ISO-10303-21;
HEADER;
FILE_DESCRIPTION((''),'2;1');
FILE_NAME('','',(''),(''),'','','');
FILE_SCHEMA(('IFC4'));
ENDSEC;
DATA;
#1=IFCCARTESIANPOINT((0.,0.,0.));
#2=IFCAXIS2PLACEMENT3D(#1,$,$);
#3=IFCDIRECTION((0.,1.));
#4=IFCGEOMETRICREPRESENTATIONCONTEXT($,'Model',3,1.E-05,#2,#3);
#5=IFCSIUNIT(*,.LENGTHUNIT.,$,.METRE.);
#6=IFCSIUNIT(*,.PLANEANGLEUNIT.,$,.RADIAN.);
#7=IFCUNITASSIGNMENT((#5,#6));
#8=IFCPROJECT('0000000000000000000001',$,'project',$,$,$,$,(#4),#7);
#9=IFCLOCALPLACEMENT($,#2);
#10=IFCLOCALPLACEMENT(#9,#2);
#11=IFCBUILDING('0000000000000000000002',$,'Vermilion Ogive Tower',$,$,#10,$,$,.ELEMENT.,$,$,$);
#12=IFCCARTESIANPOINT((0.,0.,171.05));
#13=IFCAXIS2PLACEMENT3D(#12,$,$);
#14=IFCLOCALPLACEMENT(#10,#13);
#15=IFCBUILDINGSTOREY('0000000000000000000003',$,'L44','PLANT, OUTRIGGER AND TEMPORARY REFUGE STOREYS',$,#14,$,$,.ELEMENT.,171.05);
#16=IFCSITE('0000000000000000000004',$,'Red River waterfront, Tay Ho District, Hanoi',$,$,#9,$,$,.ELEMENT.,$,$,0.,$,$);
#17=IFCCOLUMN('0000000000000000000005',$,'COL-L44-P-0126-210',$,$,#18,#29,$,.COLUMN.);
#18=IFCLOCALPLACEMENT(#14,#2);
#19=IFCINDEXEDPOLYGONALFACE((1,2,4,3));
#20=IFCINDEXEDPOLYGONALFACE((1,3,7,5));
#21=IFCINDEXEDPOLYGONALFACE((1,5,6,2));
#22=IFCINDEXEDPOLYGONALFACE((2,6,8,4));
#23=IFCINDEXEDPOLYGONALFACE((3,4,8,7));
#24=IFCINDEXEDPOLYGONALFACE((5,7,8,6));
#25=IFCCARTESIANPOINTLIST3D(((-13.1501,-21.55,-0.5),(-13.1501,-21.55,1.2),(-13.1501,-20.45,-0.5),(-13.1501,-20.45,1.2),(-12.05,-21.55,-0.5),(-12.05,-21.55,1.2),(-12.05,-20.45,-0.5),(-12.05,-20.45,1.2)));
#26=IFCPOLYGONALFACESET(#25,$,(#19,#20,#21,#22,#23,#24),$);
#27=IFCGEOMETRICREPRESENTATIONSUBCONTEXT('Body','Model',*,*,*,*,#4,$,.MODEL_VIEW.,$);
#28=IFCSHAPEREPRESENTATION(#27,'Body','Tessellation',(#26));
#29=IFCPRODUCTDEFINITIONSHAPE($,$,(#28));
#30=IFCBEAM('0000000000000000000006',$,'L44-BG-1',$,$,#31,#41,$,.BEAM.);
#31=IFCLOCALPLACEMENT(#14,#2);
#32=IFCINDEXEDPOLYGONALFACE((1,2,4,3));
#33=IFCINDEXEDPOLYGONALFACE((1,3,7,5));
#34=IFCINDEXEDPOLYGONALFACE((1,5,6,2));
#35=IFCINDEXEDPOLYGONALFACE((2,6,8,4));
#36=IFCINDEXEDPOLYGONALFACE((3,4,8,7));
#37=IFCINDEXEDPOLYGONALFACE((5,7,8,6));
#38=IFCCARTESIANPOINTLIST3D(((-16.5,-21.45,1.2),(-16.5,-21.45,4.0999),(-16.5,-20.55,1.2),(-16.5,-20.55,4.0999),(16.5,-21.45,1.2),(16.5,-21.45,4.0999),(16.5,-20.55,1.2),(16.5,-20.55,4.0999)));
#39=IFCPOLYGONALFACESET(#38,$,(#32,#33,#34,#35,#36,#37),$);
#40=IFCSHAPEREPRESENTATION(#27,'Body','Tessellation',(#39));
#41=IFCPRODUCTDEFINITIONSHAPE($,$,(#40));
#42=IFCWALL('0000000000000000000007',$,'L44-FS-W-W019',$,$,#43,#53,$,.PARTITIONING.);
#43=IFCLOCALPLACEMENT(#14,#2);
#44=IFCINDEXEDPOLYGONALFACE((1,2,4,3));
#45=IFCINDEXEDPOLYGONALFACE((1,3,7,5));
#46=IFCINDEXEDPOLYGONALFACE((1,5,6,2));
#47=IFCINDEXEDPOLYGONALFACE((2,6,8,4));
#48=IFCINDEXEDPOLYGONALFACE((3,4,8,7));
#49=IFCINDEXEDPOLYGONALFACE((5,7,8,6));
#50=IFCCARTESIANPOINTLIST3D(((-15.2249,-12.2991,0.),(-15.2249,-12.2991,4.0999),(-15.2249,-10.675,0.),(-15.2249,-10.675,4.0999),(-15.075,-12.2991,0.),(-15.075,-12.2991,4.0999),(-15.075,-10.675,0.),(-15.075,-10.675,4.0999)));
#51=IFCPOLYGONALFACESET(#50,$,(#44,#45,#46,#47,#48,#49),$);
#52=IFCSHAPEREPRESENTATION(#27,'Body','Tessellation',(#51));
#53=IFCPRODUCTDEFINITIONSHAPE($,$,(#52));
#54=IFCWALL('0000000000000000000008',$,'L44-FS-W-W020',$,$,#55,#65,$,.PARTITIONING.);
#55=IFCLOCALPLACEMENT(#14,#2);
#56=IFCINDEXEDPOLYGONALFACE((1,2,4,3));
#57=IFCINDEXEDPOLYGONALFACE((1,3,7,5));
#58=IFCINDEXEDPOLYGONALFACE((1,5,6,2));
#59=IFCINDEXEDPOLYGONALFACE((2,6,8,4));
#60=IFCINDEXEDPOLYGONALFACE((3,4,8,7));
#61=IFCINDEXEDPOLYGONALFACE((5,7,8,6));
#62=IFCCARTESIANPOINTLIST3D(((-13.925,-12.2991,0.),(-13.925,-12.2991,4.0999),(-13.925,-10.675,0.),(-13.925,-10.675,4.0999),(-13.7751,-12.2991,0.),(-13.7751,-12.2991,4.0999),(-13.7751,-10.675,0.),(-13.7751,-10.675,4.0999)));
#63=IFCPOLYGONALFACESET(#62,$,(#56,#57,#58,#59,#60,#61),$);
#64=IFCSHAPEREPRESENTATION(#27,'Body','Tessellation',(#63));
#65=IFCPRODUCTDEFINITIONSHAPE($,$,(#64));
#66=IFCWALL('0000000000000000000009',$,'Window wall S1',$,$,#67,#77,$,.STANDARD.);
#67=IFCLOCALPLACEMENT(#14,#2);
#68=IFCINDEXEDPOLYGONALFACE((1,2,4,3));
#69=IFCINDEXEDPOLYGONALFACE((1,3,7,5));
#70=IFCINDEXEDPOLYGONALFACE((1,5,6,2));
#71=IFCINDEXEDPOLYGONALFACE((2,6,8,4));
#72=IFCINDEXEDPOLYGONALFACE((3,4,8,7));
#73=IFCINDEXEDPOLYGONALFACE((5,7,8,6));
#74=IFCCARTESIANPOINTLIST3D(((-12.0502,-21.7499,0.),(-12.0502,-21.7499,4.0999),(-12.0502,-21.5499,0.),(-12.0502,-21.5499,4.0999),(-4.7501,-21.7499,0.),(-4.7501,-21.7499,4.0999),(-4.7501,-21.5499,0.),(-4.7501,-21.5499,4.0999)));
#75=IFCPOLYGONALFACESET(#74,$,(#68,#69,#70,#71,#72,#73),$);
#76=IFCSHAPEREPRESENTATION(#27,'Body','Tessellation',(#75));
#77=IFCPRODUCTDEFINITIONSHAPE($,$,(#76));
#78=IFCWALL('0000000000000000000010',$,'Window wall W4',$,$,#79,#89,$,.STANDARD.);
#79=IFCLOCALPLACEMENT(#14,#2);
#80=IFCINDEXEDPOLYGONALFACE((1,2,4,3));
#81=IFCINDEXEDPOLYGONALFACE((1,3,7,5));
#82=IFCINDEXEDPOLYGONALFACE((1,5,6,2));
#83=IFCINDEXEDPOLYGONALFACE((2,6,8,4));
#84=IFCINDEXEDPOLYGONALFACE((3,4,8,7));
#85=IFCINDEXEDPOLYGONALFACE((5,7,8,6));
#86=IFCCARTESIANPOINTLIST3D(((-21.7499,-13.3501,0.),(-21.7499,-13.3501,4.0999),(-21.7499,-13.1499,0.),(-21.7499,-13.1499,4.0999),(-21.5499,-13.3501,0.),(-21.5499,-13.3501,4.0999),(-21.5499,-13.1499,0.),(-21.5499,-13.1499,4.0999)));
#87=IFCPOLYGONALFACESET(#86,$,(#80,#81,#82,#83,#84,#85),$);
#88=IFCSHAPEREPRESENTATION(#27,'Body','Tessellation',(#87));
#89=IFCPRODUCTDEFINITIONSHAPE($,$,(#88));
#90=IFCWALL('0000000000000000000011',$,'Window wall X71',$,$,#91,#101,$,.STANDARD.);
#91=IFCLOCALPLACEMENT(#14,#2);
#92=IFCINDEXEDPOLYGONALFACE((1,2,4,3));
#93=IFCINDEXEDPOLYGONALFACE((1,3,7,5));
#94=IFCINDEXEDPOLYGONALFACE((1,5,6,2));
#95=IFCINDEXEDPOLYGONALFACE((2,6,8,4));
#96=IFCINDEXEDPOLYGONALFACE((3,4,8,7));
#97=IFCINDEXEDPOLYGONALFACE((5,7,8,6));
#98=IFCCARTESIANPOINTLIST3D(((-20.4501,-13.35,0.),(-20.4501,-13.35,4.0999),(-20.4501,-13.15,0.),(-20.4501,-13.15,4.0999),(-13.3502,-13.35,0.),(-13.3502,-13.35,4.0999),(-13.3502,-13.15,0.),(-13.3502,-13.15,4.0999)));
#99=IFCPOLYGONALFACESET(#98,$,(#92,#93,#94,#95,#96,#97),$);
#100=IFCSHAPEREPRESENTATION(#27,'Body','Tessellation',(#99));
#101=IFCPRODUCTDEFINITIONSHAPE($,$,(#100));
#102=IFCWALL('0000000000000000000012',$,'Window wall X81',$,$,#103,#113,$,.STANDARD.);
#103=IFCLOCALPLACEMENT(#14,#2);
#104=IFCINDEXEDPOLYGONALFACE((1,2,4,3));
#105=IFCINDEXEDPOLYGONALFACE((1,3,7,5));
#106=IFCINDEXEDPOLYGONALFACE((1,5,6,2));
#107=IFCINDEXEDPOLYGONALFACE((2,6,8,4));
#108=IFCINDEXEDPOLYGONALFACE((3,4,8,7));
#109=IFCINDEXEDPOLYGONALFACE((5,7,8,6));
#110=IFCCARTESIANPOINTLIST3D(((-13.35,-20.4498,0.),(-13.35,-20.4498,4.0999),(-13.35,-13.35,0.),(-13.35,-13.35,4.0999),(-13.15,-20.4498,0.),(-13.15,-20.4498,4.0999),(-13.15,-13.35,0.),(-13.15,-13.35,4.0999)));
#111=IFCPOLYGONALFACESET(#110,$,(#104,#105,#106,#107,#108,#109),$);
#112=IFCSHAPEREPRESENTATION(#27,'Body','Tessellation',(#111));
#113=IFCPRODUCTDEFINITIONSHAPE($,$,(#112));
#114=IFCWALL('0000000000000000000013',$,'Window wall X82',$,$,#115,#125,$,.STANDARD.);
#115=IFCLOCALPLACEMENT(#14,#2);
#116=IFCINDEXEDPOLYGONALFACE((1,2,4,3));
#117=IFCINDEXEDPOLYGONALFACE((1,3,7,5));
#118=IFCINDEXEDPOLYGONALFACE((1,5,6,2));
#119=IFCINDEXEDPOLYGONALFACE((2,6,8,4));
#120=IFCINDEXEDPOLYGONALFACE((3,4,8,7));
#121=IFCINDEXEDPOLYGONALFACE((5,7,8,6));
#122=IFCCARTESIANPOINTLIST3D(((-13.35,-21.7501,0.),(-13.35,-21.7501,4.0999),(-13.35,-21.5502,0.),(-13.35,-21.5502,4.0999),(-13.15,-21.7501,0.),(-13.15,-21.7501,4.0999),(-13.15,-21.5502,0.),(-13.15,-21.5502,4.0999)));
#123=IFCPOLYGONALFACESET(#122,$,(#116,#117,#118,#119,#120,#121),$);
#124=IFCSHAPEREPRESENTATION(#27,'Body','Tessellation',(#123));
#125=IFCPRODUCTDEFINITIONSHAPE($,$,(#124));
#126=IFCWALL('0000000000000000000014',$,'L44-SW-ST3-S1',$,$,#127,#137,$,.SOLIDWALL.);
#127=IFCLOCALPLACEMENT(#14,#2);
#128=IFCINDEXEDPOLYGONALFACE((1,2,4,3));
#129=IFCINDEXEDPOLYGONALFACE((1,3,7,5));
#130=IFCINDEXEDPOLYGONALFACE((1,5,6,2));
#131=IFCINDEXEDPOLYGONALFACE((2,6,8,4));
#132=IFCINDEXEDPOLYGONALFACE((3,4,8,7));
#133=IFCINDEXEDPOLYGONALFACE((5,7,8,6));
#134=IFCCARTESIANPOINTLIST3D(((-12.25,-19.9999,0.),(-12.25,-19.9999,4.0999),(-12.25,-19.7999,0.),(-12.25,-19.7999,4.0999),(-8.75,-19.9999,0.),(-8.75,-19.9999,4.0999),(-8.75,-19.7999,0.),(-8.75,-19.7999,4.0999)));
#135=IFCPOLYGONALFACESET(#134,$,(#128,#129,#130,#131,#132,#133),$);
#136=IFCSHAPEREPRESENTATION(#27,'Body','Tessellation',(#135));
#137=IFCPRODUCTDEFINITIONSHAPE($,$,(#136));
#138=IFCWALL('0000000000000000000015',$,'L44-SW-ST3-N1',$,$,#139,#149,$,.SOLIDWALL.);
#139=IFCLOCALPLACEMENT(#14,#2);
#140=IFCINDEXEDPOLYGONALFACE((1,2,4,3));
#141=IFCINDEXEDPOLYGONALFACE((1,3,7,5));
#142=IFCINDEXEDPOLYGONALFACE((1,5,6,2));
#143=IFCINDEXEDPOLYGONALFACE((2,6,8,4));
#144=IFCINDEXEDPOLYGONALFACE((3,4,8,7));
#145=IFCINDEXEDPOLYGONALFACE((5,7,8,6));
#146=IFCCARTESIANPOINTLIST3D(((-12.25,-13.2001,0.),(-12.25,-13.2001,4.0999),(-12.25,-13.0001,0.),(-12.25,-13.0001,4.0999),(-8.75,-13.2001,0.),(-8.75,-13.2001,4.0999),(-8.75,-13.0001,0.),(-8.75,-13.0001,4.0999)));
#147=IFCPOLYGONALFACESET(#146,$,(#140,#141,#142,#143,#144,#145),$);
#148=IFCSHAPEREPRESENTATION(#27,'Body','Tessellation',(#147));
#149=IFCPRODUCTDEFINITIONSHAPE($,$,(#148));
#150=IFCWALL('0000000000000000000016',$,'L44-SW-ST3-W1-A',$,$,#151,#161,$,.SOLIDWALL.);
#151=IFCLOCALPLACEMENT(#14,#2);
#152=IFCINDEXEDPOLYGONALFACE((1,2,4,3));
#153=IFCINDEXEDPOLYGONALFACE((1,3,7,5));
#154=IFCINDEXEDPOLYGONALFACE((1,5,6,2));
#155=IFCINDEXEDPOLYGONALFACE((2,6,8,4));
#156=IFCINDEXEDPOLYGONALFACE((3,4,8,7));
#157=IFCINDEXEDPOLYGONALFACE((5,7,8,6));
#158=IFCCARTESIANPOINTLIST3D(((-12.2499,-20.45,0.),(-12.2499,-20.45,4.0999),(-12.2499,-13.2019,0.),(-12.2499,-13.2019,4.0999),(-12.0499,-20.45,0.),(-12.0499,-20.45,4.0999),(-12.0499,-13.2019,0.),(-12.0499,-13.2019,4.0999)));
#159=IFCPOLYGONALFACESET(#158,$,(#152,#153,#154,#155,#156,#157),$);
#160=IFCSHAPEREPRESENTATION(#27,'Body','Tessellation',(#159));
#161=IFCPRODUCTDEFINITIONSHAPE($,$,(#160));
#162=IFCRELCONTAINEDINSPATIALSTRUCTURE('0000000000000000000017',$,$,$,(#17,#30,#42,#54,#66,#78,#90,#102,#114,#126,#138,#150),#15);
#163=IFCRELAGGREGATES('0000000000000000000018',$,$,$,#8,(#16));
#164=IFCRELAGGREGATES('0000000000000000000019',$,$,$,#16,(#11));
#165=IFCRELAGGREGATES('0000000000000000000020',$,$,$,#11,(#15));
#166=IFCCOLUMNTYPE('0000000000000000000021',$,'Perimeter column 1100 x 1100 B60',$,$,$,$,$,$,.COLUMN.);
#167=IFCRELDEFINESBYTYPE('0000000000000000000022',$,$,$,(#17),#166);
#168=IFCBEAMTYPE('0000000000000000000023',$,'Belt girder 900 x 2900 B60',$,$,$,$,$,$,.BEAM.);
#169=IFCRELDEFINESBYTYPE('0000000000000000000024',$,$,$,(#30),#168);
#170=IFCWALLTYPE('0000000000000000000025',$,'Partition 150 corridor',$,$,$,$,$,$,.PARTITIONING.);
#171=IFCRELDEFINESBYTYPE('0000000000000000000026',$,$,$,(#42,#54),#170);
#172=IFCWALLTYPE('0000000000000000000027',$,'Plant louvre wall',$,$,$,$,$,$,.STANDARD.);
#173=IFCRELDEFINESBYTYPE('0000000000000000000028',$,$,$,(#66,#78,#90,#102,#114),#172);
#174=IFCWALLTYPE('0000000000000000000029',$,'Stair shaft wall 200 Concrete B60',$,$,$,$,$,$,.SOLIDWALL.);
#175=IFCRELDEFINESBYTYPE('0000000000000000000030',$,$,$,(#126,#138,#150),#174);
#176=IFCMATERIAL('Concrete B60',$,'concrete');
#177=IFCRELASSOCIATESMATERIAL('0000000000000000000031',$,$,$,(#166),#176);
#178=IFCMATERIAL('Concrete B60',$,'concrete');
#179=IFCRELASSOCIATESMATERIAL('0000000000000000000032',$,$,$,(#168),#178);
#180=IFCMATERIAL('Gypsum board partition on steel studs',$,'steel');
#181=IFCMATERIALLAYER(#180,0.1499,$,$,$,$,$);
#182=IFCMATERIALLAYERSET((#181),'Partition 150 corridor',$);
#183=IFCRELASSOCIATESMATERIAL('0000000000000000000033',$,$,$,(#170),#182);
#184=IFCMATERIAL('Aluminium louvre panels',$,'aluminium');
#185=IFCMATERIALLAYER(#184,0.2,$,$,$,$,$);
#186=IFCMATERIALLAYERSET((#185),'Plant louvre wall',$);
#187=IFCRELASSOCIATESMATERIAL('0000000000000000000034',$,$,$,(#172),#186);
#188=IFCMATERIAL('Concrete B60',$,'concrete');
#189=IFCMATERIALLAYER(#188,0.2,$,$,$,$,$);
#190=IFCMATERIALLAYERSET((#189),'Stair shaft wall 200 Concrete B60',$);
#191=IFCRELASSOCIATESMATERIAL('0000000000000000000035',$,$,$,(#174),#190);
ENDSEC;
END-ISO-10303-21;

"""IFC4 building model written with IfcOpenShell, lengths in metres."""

from ifc_helpers import new_model, si_unit, direction, frame, frame_2d, origin, origin_2d, place, context, subcontext, project, spatial, rectangle, extrude, material, layer, layer_set, material_profile, profile_set, type_object, element, save


model = new_model("IFC4")

# Units and contexts
model_context = context("Model", 3, precision=1e-05, world=origin(), true_north=direction((0.0, 1.0)))
body_context = subcontext(model_context, "Body", "Model", "MODEL_VIEW")
ifc_project = project(units=[si_unit("LENGTHUNIT", "METRE"), si_unit("PLANEANGLEUNIT", "RADIAN")], contexts=[model_context])

# Site, building, storey
site_placement = place(None, origin())
site = spatial("IfcSite", under=ifc_project, at=site_placement, Name="Red River waterfront, Tay Ho District, Hanoi", CompositionType="ELEMENT", RefElevation=0.0)
building_placement = place(site_placement, origin())
building = spatial("IfcBuilding", under=site, at=building_placement, Name="Vermilion Ogive Tower", CompositionType="ELEMENT")
storey_placement = place(building_placement, frame((0.0, 0.0, 171.05)))
storey = spatial("IfcBuildingStorey", under=building, at=storey_placement, Name="L44", Description="PLANT, OUTRIGGER AND TEMPORARY REFUGE STOREYS", CompositionType="ELEMENT", Elevation=171.05)

# Column
ifc_material_1 = material(Name="Concrete B60", Category="concrete")
ifc_material_profile_1 = material_profile(ifc_material_1, rectangle(XDim=1.1001, YDim=1.1001, at=origin_2d()), Name="1100 x 1100")
ifc_profile_set_1 = profile_set([ifc_material_profile_1], Name="Concrete B60")
column_type = type_object("IfcColumnType", Name="Perimeter column 1100 x 1100 B60", PredefinedType="COLUMN", material=ifc_profile_set_1)
column_placement = place(storey_placement, frame((-12.6001, -21.0, -0.5), z_axis=(0.0, 0.0, 1.0), x_axis=(1.0, 0.0, 0.0)))
element("IfcColumn", 1, at=column_placement, inside=storey, type_object=column_type, Name="COL-L44-P-0126-210", PredefinedType="COLUMN", context=body_context, shape_type="SweptSolid", body=[
    extrude(rectangle(XDim=1.1001, YDim=1.1001, at=origin_2d()), origin(), (0.0, 0.0, 1.0), 1.7),
])

# Beam
ifc_material_2 = material(Name="Concrete B60", Category="concrete")
ifc_material_profile_2 = material_profile(ifc_material_2, rectangle(XDim=0.8999, YDim=2.8999, at=origin_2d()), Name="900 x 2900")
ifc_profile_set_2 = profile_set([ifc_material_profile_2], Name="Concrete B60")
beam_type = type_object("IfcBeamType", Name="Belt girder 900 x 2900 B60", PredefinedType="BEAM", material=ifc_profile_set_2)
beam_placement = place(storey_placement, frame((-16.5, -21.0, 2.6499), z_axis=(1.0, 0.0, 0.0), x_axis=(0.0, 1.0, 0.0)))
element("IfcBeam", 2, at=beam_placement, inside=storey, type_object=beam_type, Name="L44-BG-1", PredefinedType="BEAM", context=body_context, shape_type="SweptSolid", body=[
    extrude(rectangle(XDim=0.8999, YDim=2.8999, at=origin_2d()), origin(), (0.0, 0.0, 1.0), 33.0),
])

# Walls
ifc_material_3 = material(Name="Gypsum board partition on steel studs", Category="steel")
ifc_layer_1 = layer(ifc_material_3, 0.1499)
ifc_layer_set_1 = layer_set([ifc_layer_1], Name="Partition 150 corridor")
wall_type_1 = type_object("IfcWallType", Name="Partition 150 corridor", PredefinedType="PARTITIONING", material=ifc_layer_set_1)
for number, where, z_axis, x_axis, name in (
    (3, (-15.1499, -12.2991, 0.0), (0.0, 0.0, 1.0), (0.0, 1.0, 0.0), "L44-FS-W-W019"),
    (4, (-13.8501, -12.2991, 0.0), (0.0, 0.0, 1.0), (0.0, 1.0, 0.0), "L44-FS-W-W020"),
):
    element("IfcWall", number, at=place(storey_placement, frame(where, z_axis=z_axis, x_axis=x_axis)), inside=storey, type_object=wall_type_1, Name=name, PredefinedType="PARTITIONING", context=body_context, shape_type="SweptSolid", body=[
        extrude(rectangle(XDim=1.624, YDim=0.1499, at=frame_2d((0.812, 0.0))), origin(), (0.0, 0.0, 1.0), 4.0999),
    ])
ifc_material_4 = material(Name="Aluminium louvre panels", Category="aluminium")
ifc_layer_2 = layer(ifc_material_4, 0.2)
ifc_layer_set_2 = layer_set([ifc_layer_2], Name="Plant louvre wall")
wall_type_2 = type_object("IfcWallType", Name="Plant louvre wall", PredefinedType="STANDARD", material=ifc_layer_set_2)
wall_1_placement = place(storey_placement, frame((-12.05, -21.6499, 0.0), z_axis=(0.0, 0.0, 1.0), x_axis=(1.0, 0.0, 0.0)))
element("IfcWall", 5, at=wall_1_placement, inside=storey, type_object=wall_type_2, Name="Window wall S1", PredefinedType="STANDARD", context=body_context, shape_type="SweptSolid", body=[
    extrude(rectangle(XDim=7.3, YDim=0.2, at=frame_2d((3.6499, 0.0))), origin(), (0.0, 0.0, 1.0), 4.0999),
])
wall_2_placement = place(storey_placement, frame((-21.6499, -13.1499, 0.0), z_axis=(0.0, 0.0, 1.0), x_axis=(0.0, -1.0, 0.0)))
element("IfcWall", 6, at=wall_2_placement, inside=storey, type_object=wall_type_2, Name="Window wall W4", PredefinedType="STANDARD", context=body_context, shape_type="SweptSolid", body=[
    extrude(rectangle(XDim=0.2002, YDim=0.2, at=frame_2d((0.1001, 0.0))), origin(), (0.0, 0.0, 1.0), 4.0999),
])
for number, where, z_axis, x_axis, name in (
    (7, (-20.45, -13.25, 0.0), (0.0, 0.0, 1.0), (1.0, 0.0, 0.0), "Window wall X71"),
    (8, (-13.25, -13.3501, 0.0), (0.0, 0.0, 1.0), (0.0, -1.0, 0.0), "Window wall X81"),
):
    element("IfcWall", number, at=place(storey_placement, frame(where, z_axis=z_axis, x_axis=x_axis)), inside=storey, type_object=wall_type_2, Name=name, PredefinedType="STANDARD", context=body_context, shape_type="SweptSolid", body=[
        extrude(rectangle(XDim=7.0999, YDim=0.2, at=frame_2d((3.5498, 0.0))), origin(), (0.0, 0.0, 1.0), 4.0999),
    ])
wall_3_placement = place(storey_placement, frame((-13.25, -21.55, 0.0), z_axis=(0.0, 0.0, 1.0), x_axis=(0.0, -1.0, 0.0)))
element("IfcWall", 9, at=wall_3_placement, inside=storey, type_object=wall_type_2, Name="Window wall X82", PredefinedType="STANDARD", context=body_context, shape_type="SweptSolid", body=[
    extrude(rectangle(XDim=0.2, YDim=0.2, at=frame_2d((0.1001, 0.0))), origin(), (0.0, 0.0, 1.0), 4.0999),
])
ifc_material_5 = material(Name="Concrete B60", Category="concrete")
ifc_layer_3 = layer(ifc_material_5, 0.2)
ifc_layer_set_3 = layer_set([ifc_layer_3], Name="Stair shaft wall 200 Concrete B60")
wall_type_3 = type_object("IfcWallType", Name="Stair shaft wall 200 Concrete B60", PredefinedType="SOLIDWALL", material=ifc_layer_set_3)
for number, where, z_axis, x_axis, name in (
    (10, (-12.25, -19.8999, 0.0), (0.0, 0.0, 1.0), (1.0, 0.0, 0.0), "L44-SW-ST3-S1"),
    (11, (-12.25, -13.1001, 0.0), (0.0, 0.0, 1.0), (1.0, 0.0, 0.0), "L44-SW-ST3-N1"),
):
    element("IfcWall", number, at=place(storey_placement, frame(where, z_axis=z_axis, x_axis=x_axis)), inside=storey, type_object=wall_type_3, Name=name, PredefinedType="SOLIDWALL", context=body_context, shape_type="SweptSolid", body=[
        extrude(rectangle(XDim=3.5, YDim=0.2, at=frame_2d((1.75, 0.0))), origin(), (0.0, 0.0, 1.0), 4.0999),
    ])
wall_4_placement = place(storey_placement, frame((-12.1499, -20.45, 0.0), z_axis=(0.0, 0.0, 1.0), x_axis=(0.0, 1.0, 0.0)))
element("IfcWall", 12, at=wall_4_placement, inside=storey, type_object=wall_type_3, Name="L44-SW-ST3-W1-A", PredefinedType="SOLIDWALL", context=body_context, shape_type="SweptSolid", body=[
    extrude(rectangle(XDim=7.248, YDim=0.2, at=frame_2d((3.624, 0.0))), origin(), (0.0, 0.0, 1.0), 4.0999),
])

save(model, "model.ifc")
